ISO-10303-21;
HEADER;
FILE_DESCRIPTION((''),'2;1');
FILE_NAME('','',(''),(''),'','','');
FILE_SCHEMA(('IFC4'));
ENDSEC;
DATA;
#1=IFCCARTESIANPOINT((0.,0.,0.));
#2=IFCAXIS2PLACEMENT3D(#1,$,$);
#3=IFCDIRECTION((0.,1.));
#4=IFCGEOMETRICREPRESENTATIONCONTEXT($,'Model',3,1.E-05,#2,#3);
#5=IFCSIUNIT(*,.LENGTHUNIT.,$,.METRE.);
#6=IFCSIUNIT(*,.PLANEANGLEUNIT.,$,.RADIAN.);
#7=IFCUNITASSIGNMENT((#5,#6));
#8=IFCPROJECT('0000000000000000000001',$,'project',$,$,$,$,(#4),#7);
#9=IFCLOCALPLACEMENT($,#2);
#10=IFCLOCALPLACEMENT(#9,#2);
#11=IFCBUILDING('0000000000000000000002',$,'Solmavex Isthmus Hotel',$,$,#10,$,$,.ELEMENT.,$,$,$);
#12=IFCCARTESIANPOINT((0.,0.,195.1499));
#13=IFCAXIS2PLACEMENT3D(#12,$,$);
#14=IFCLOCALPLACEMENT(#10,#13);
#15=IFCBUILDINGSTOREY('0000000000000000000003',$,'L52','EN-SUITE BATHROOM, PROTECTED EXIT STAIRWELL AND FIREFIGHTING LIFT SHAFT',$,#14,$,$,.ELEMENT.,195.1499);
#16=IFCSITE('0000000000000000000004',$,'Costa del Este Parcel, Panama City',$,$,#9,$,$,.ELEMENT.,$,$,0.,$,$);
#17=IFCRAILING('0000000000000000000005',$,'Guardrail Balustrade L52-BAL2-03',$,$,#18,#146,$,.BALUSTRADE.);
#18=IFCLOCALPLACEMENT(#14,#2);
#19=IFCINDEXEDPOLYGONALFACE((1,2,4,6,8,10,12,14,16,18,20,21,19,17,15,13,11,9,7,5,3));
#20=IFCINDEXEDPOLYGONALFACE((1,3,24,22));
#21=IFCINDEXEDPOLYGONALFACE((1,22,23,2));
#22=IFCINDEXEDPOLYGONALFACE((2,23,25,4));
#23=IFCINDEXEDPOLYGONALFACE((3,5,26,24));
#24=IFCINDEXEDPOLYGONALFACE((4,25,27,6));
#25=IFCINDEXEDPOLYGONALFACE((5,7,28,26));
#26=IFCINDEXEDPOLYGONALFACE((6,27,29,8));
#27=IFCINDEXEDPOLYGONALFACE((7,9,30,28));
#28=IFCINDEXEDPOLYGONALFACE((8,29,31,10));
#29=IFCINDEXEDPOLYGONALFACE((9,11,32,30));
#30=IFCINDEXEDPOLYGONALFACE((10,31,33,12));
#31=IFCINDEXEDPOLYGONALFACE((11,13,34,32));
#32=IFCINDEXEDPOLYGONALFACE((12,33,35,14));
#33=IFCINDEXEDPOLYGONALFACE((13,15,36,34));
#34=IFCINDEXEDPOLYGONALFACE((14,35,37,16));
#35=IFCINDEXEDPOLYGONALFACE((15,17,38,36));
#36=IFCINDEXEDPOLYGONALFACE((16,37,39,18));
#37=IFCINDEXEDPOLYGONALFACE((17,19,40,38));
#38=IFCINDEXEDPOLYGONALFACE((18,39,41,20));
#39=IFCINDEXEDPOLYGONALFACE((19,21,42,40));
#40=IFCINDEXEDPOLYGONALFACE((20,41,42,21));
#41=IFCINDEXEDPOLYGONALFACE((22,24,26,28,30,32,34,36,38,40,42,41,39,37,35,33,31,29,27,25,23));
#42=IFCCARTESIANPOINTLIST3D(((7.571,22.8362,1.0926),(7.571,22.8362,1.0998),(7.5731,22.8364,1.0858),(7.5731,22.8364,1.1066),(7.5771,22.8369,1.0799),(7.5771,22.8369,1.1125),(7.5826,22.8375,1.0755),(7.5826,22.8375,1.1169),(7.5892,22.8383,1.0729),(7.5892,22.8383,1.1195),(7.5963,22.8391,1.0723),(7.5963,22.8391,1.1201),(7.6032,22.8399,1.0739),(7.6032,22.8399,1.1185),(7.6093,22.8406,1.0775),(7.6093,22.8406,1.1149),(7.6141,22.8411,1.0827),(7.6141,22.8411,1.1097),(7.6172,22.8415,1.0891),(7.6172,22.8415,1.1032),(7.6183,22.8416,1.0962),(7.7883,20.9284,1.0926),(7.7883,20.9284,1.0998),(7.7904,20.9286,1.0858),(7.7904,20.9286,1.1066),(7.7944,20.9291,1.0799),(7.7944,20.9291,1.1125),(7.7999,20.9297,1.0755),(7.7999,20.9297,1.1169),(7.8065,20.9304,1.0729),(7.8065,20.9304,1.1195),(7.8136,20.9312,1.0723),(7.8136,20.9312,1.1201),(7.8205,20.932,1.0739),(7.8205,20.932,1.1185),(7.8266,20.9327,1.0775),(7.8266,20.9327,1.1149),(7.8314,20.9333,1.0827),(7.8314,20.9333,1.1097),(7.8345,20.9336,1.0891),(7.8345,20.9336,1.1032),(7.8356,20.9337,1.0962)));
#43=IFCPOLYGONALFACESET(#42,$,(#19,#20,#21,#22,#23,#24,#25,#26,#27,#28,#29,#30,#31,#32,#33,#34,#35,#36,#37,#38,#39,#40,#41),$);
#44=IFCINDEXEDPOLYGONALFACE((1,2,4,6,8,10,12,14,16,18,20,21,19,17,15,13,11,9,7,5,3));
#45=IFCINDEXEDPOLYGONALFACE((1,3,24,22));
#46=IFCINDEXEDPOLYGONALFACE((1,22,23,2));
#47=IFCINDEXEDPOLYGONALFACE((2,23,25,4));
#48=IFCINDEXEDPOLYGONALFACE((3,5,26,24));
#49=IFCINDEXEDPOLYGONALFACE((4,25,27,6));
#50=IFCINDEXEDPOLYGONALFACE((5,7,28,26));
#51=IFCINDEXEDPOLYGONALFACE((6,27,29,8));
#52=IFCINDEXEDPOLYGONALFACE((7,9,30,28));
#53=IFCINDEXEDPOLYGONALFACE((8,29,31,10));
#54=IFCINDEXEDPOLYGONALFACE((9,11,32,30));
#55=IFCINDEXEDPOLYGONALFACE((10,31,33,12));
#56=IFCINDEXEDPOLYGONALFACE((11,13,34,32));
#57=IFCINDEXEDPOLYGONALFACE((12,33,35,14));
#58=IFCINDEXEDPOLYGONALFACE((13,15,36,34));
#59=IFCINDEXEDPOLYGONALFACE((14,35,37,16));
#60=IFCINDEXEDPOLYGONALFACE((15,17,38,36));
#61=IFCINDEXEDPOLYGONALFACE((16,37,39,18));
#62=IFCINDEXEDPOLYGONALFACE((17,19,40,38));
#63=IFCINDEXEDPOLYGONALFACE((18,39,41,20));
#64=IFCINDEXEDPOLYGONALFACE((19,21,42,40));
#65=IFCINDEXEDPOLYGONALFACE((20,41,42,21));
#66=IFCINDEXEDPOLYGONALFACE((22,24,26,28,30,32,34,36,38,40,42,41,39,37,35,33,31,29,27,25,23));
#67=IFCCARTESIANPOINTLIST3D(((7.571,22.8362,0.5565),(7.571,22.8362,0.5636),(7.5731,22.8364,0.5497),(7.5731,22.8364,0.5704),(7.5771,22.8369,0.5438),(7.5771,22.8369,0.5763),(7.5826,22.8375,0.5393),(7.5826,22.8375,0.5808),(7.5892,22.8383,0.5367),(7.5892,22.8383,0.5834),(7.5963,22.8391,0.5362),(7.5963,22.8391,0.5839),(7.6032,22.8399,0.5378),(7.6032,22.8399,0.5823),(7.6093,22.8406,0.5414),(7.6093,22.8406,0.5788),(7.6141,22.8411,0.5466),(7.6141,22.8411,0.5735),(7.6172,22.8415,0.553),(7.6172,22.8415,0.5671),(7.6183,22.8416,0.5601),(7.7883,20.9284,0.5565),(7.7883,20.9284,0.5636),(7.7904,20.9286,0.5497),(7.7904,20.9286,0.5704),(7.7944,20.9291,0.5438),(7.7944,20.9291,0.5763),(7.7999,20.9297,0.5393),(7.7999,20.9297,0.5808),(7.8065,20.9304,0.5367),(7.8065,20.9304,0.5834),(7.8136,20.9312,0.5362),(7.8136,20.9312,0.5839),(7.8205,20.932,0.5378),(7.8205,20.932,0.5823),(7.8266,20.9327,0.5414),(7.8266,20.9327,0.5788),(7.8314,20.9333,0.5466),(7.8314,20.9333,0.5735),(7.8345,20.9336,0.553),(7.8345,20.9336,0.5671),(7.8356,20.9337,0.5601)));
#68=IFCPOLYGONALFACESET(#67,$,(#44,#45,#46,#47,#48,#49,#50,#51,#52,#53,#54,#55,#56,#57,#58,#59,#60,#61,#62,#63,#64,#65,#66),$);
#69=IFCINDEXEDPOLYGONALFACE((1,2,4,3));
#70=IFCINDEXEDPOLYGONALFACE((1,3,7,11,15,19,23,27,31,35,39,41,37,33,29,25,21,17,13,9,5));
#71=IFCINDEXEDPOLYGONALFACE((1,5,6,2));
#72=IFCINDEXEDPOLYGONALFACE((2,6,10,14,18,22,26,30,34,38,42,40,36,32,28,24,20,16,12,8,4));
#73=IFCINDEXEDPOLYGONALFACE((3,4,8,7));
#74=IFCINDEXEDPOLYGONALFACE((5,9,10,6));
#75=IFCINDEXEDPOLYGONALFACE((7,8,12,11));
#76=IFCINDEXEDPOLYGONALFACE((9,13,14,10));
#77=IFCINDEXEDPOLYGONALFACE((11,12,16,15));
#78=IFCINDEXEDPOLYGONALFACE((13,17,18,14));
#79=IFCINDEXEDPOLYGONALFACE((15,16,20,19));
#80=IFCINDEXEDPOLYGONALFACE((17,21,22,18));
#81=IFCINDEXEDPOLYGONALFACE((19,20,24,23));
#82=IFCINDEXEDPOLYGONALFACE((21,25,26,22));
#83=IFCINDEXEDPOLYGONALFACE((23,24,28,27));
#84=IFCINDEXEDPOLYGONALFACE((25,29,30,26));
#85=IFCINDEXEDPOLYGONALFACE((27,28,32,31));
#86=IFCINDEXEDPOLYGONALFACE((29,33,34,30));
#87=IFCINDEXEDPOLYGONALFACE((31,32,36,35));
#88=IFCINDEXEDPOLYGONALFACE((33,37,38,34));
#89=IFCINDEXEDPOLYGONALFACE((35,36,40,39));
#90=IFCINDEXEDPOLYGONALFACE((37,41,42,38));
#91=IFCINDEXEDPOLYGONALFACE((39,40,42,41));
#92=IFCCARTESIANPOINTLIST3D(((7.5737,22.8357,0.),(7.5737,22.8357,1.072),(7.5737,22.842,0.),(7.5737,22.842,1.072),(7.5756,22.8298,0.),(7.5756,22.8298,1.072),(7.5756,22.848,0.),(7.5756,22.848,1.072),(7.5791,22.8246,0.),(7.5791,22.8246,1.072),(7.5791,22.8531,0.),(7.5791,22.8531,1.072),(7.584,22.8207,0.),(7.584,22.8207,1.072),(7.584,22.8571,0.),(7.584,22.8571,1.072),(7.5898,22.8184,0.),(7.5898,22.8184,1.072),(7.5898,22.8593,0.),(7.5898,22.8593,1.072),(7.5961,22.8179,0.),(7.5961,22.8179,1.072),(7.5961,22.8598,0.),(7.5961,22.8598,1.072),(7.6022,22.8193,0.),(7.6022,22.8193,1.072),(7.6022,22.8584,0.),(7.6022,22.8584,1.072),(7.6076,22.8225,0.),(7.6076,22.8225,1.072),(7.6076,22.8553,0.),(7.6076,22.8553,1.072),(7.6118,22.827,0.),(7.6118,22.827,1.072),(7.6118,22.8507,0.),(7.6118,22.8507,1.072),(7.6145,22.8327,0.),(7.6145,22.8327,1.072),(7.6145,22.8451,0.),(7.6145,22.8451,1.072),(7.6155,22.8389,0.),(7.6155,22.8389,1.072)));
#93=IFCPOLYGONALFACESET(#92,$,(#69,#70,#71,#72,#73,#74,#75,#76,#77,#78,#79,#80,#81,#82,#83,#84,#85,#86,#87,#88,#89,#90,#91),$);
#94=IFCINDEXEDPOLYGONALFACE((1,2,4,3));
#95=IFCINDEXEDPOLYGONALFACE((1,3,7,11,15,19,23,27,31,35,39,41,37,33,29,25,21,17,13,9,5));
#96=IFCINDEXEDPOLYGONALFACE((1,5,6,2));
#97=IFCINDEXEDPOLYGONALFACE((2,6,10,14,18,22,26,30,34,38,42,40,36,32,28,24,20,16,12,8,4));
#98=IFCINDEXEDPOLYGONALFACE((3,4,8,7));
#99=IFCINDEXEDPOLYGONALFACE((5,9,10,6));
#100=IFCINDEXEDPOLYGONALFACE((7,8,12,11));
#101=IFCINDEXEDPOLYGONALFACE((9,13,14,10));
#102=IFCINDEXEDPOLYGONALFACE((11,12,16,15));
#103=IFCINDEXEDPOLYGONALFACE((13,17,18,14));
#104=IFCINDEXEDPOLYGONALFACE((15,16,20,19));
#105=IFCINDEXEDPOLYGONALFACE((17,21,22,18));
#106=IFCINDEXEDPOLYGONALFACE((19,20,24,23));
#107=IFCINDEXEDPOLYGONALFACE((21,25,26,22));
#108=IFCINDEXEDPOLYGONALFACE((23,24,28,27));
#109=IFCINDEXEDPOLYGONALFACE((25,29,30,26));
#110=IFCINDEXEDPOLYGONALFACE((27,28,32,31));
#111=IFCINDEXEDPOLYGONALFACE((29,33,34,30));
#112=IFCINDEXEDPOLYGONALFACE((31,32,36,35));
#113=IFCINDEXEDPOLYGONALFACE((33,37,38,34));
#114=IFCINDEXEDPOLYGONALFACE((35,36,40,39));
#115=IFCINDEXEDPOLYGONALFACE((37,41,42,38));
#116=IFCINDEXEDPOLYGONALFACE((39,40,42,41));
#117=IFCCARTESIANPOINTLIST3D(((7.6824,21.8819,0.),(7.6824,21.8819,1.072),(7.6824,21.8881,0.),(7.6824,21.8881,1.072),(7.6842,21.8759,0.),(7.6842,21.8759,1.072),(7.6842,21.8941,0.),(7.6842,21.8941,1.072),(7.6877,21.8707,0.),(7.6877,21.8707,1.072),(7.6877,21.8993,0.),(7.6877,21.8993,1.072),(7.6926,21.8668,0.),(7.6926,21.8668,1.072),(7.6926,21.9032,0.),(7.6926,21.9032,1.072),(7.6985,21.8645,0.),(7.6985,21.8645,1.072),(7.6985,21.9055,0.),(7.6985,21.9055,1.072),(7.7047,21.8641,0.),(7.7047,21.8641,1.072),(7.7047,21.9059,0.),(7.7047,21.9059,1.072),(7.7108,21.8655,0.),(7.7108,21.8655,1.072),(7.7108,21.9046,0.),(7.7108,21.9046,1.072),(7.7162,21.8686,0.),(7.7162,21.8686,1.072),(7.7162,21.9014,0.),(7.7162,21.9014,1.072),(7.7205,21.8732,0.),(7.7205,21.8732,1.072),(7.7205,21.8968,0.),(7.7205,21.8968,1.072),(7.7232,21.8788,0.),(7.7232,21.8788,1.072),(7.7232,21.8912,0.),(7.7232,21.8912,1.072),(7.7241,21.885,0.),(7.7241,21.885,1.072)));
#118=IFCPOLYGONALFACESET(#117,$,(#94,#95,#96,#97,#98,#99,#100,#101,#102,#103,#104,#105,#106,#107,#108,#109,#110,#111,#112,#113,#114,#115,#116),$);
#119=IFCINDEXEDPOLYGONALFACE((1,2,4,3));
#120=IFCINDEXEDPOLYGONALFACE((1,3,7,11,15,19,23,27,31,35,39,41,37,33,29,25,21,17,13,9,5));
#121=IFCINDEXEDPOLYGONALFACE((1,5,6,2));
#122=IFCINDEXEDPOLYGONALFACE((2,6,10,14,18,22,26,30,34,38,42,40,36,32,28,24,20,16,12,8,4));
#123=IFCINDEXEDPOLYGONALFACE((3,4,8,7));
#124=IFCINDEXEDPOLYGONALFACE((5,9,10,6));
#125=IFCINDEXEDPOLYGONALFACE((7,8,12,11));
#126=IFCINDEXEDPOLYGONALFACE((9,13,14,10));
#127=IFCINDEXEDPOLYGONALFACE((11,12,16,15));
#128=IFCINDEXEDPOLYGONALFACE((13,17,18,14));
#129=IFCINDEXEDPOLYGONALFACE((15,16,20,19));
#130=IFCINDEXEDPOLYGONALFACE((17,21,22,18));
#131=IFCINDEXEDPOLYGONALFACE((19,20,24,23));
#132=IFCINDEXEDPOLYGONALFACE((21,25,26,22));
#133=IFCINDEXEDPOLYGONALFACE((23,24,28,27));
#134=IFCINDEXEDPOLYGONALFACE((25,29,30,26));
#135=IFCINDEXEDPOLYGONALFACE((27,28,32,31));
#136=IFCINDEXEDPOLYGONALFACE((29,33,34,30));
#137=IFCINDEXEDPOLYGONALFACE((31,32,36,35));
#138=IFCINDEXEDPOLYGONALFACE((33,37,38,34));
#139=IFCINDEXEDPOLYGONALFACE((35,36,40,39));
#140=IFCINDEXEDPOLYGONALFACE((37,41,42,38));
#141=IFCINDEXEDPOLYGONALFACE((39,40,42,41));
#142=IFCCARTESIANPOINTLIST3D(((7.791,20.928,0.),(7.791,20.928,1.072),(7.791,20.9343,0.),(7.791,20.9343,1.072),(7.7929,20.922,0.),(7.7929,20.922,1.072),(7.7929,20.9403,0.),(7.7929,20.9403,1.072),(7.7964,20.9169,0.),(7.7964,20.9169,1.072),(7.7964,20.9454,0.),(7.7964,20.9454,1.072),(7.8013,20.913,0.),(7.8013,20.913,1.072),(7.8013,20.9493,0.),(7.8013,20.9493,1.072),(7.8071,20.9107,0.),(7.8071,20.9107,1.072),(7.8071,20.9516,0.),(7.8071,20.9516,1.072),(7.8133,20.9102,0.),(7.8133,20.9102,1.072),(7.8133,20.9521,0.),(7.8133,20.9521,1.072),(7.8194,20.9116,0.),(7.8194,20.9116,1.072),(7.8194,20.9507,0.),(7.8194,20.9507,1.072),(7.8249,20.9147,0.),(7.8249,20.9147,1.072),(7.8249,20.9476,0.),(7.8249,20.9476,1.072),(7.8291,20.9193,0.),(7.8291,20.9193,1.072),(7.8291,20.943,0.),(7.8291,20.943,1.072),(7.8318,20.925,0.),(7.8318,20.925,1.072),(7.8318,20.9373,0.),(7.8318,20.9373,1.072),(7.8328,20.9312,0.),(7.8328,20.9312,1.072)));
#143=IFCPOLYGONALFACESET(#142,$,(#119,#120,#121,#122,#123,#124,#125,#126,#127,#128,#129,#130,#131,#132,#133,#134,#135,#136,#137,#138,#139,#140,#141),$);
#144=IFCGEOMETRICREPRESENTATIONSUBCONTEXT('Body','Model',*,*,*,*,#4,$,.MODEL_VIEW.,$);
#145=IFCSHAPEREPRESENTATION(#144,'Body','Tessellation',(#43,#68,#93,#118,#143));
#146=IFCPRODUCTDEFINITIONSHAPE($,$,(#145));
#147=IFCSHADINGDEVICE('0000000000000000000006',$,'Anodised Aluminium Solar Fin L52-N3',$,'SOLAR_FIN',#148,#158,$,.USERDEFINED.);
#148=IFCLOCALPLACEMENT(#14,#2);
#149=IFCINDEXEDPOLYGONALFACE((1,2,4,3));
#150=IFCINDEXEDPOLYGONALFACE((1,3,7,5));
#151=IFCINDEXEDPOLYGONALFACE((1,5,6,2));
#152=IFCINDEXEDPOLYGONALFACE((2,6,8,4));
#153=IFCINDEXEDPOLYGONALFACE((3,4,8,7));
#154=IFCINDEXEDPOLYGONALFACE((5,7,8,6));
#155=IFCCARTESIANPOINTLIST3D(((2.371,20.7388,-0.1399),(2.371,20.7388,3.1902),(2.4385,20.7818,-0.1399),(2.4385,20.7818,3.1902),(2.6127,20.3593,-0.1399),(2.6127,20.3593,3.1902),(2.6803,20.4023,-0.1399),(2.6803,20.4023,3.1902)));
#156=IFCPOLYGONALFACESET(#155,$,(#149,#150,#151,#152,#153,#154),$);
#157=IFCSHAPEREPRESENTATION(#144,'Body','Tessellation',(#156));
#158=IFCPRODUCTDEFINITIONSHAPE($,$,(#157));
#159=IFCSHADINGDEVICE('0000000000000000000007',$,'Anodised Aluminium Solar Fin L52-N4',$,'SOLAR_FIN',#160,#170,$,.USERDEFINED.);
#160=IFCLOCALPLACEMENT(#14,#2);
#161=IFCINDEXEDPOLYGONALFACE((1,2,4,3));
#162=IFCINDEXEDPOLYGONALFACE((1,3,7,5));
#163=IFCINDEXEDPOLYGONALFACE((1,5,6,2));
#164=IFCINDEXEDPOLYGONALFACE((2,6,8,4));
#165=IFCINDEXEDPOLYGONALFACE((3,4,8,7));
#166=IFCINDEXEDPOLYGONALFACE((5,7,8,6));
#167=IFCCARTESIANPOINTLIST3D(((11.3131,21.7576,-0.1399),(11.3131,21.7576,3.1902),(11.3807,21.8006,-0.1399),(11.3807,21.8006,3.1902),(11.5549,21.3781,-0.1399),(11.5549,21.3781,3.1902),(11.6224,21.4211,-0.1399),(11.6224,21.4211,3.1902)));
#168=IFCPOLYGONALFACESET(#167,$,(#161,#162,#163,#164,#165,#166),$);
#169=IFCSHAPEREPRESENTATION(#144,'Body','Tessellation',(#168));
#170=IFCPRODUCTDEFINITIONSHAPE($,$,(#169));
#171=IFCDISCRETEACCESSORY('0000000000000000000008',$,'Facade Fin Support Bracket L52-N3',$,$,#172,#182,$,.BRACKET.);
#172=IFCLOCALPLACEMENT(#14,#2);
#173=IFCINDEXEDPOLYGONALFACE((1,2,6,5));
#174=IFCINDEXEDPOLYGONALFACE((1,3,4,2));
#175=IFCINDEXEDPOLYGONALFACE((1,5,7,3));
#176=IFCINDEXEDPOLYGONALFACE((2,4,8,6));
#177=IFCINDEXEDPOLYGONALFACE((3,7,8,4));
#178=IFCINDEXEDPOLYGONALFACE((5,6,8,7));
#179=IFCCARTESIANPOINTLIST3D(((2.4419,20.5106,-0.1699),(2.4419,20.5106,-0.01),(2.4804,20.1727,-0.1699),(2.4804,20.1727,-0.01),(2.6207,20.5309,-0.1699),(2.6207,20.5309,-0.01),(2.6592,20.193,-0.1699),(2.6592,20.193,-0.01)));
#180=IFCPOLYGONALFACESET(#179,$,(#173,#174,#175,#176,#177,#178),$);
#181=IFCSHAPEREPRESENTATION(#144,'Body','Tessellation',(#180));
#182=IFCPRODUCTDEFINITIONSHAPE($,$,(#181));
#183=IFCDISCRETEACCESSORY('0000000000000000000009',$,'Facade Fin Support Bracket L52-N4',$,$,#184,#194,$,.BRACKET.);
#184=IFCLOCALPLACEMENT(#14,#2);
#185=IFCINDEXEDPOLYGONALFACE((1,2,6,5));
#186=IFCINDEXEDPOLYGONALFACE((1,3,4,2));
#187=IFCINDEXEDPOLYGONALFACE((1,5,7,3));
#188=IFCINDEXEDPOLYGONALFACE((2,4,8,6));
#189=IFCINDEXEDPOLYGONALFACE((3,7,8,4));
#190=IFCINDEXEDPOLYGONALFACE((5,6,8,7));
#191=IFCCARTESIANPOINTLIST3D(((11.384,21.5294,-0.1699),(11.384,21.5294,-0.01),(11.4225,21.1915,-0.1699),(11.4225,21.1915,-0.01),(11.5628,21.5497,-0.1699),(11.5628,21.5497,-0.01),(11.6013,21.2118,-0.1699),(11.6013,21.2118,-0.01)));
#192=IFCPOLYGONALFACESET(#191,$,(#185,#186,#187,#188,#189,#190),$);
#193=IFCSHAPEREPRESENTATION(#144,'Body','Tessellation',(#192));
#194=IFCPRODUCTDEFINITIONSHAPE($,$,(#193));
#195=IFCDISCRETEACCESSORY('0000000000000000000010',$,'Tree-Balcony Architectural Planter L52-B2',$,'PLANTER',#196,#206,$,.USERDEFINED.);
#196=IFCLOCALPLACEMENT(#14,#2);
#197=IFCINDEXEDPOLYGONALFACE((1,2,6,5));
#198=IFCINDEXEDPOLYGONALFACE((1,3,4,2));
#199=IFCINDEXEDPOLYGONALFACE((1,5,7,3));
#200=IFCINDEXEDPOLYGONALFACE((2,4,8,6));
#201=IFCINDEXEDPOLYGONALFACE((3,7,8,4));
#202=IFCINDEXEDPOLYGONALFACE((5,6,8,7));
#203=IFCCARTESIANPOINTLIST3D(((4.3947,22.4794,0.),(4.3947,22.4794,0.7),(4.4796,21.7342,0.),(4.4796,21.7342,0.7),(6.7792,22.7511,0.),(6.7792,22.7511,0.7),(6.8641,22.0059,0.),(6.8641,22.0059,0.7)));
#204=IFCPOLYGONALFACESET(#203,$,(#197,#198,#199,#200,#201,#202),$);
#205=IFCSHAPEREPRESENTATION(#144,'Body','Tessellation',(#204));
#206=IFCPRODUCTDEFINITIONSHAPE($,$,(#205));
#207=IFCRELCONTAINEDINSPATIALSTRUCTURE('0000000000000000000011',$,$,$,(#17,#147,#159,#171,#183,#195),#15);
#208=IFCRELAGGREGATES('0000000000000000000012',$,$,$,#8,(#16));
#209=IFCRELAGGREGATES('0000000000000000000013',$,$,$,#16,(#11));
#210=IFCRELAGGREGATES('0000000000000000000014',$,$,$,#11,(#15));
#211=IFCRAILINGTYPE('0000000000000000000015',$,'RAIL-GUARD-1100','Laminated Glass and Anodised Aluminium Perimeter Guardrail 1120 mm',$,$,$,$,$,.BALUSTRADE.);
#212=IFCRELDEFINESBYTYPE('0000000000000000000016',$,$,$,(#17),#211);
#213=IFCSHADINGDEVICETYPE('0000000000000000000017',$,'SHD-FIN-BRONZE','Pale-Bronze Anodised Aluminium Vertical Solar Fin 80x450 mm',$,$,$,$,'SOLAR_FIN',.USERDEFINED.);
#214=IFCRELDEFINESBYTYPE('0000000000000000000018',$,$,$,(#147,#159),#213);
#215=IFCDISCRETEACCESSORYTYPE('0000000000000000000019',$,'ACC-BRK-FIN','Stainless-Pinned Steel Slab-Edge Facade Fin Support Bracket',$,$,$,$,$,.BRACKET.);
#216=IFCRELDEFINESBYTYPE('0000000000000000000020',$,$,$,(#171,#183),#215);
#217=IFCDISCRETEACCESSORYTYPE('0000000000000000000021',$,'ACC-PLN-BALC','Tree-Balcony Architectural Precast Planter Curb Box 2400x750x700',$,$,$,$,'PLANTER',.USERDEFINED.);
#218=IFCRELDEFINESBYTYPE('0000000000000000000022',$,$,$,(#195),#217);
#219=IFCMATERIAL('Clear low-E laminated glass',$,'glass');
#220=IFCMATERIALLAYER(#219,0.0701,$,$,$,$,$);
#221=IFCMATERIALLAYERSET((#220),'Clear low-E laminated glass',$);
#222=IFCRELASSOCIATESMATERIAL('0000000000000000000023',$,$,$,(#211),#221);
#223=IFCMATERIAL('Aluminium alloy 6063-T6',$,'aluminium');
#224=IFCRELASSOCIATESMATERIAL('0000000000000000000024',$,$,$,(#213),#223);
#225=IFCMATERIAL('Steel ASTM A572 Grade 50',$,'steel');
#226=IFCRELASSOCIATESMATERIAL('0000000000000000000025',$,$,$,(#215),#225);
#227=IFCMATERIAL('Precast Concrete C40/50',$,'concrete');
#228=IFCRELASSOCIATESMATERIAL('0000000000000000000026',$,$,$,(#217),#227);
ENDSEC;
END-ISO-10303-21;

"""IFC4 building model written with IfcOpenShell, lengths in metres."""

from ifc_helpers import new_model, si_unit, direction, frame, origin, origin_2d, place, context, subcontext, project, spatial, rectangle, circle, extrude, material, layer, layer_set, type_object, element, save


model = new_model("IFC4")

# Units and contexts
model_context = context("Model", 3, precision=1e-05, world=origin(), true_north=direction((0.0, 1.0)))
body_context = subcontext(model_context, "Body", "Model", "MODEL_VIEW")
ifc_project = project(units=[si_unit("LENGTHUNIT", "METRE"), si_unit("PLANEANGLEUNIT", "RADIAN")], contexts=[model_context])

# Site, building, storey
site_placement = place(None, origin())
site = spatial("IfcSite", under=ifc_project, at=site_placement, Name="Costa del Este Parcel, Panama City", CompositionType="ELEMENT", RefElevation=0.0)
building_placement = place(site_placement, origin())
building = spatial("IfcBuilding", under=site, at=building_placement, Name="Solmavex Isthmus Hotel", CompositionType="ELEMENT")
storey_placement = place(building_placement, frame((0.0, 0.0, 195.1499)))
storey = spatial("IfcBuildingStorey", under=building, at=storey_placement, Name="L52", Description="EN-SUITE BATHROOM, PROTECTED EXIT STAIRWELL AND FIREFIGHTING LIFT SHAFT", CompositionType="ELEMENT", Elevation=195.1499)

# Shared definitions
ifc_material_1 = material(Name="Aluminium alloy 6063-T6", Category="aluminium")

# Shared definitions
ifc_material_2 = material(Name="Clear low-E laminated glass", Category="glass")

# Shared definitions
ifc_material_3 = material(Name="Precast Concrete C40/50", Category="concrete")

# Railing
ifc_layer_1 = layer(ifc_material_2, 0.0701)
ifc_layer_set_1 = layer_set([ifc_layer_1], Name="Clear low-E laminated glass")
railing_type = type_object("IfcRailingType", Name="RAIL-GUARD-1100", Description="Laminated Glass and Anodised Aluminium Perimeter Guardrail 1120 mm", PredefinedType="BALUSTRADE", material=ifc_layer_set_1)
railing_1_placement = place(storey_placement, frame((7.5945, 22.8389, 0.0)))
element("IfcRailing", 1, at=railing_1_placement, inside=storey, type_object=railing_type, Name="Guardrail Balustrade L52-BAL2-03", PredefinedType="BALUSTRADE", context=body_context, shape_type="SweptSolid", body=[
    extrude(circle(Radius=0.0239, at=origin_2d()), frame((0.0, 0.0, 1.0962), z_axis=(0.113166, -0.993576, 0.0), x_axis=(0.993576, 0.113166, 0.0)), (0.0, 0.0, 1.0), 1.9202),
    extrude(circle(Radius=0.0239, at=origin_2d()), frame((0.0, 0.0, 0.5601), z_axis=(0.113166, -0.993576, 0.0), x_axis=(0.993576, 0.113166, 0.0)), (0.0, 0.0, 1.0), 1.9202),
    extrude(circle(Radius=0.021, at=origin_2d()), origin(), (0.0, 0.0, 1.0), 1.072),
    extrude(circle(Radius=0.021, at=origin_2d()), frame((0.1086, -0.9539, 0.0)), (0.0, 0.0, 1.0), 1.072),
    extrude(circle(Radius=0.021, at=origin_2d()), frame((0.2173, -1.9077, 0.0)), (0.0, 0.0, 1.0), 1.072),
])

# Shading devices
shading_device_type = type_object("IfcShadingDeviceType", Name="SHD-FIN-BRONZE", Description="Pale-Bronze Anodised Aluminium Vertical Solar Fin 80x450 mm", ElementType="SOLAR_FIN", PredefinedType="USERDEFINED", material=ifc_material_1)
for number, where, z_axis, x_axis, name in (
    (2, (2.5256, 20.5706, -0.1399), (0.0, 0.0, 1.0), (-0.5373, 0.843391, 0.0), "Anodised Aluminium Solar Fin L52-N3"),
    (3, (11.4678, 21.5894, -0.1399), (0.0, 0.0, 1.0), (-0.5373, 0.843391, 0.0), "Anodised Aluminium Solar Fin L52-N4"),
):
    element("IfcShadingDevice", number, at=place(storey_placement, frame(where, z_axis=z_axis, x_axis=x_axis)), inside=storey, type_object=shading_device_type, Name=name, ObjectType="SOLAR_FIN", PredefinedType="USERDEFINED", context=body_context, shape_type="SweptSolid", body=[
        extrude(rectangle(XDim=0.45, YDim=0.0801, at=origin_2d()), origin(), (0.0, 0.0, 1.0), 3.3301),
    ])

# Discrete accessories
ifc_material_4 = material(Name="Steel ASTM A572 Grade 50", Category="steel")
discrete_accessory_type_1 = type_object("IfcDiscreteAccessoryType", Name="ACC-BRK-FIN", Description="Stainless-Pinned Steel Slab-Edge Facade Fin Support Bracket", PredefinedType="BRACKET", material=ifc_material_4)
for number, where, z_axis, x_axis, name in (
    (4, (2.5505, 20.3518, -0.1699), (0.0, 0.0, 1.0), (-0.113203, 0.993572, 0.0), "Facade Fin Support Bracket L52-N3"),
    (5, (11.4927, 21.3706, -0.1699), (0.0, 0.0, 1.0), (-0.113203, 0.993572, 0.0), "Facade Fin Support Bracket L52-N4"),
):
    element("IfcDiscreteAccessory", number, at=place(storey_placement, frame(where, z_axis=z_axis, x_axis=x_axis)), inside=storey, type_object=discrete_accessory_type_1, Name=name, PredefinedType="BRACKET", context=body_context, shape_type="SweptSolid", body=[
        extrude(rectangle(XDim=0.3401, YDim=0.1799, at=origin_2d()), origin(), (0.0, 0.0, 1.0), 0.1599),
    ])
discrete_accessory_type_2 = type_object("IfcDiscreteAccessoryType", Name="ACC-PLN-BALC", Description="Tree-Balcony Architectural Precast Planter Curb Box 2400x750x700", ElementType="PLANTER", PredefinedType="USERDEFINED", material=ifc_material_3)
discrete_accessory_placement = place(storey_placement, frame((5.6294, 22.2427, 0.0), z_axis=(0.0, 0.0, 1.0), x_axis=(0.993572, 0.113203, 0.0)))
element("IfcDiscreteAccessory", 6, at=discrete_accessory_placement, inside=storey, type_object=discrete_accessory_type_2, Name="Tree-Balcony Architectural Planter L52-B2", ObjectType="PLANTER", PredefinedType="USERDEFINED", context=body_context, shape_type="SweptSolid", body=[
    extrude(rectangle(XDim=2.3999, YDim=0.75, at=origin_2d()), origin(), (0.0, 0.0, 1.0), 0.7),
])

save(model, "model.ifc")
